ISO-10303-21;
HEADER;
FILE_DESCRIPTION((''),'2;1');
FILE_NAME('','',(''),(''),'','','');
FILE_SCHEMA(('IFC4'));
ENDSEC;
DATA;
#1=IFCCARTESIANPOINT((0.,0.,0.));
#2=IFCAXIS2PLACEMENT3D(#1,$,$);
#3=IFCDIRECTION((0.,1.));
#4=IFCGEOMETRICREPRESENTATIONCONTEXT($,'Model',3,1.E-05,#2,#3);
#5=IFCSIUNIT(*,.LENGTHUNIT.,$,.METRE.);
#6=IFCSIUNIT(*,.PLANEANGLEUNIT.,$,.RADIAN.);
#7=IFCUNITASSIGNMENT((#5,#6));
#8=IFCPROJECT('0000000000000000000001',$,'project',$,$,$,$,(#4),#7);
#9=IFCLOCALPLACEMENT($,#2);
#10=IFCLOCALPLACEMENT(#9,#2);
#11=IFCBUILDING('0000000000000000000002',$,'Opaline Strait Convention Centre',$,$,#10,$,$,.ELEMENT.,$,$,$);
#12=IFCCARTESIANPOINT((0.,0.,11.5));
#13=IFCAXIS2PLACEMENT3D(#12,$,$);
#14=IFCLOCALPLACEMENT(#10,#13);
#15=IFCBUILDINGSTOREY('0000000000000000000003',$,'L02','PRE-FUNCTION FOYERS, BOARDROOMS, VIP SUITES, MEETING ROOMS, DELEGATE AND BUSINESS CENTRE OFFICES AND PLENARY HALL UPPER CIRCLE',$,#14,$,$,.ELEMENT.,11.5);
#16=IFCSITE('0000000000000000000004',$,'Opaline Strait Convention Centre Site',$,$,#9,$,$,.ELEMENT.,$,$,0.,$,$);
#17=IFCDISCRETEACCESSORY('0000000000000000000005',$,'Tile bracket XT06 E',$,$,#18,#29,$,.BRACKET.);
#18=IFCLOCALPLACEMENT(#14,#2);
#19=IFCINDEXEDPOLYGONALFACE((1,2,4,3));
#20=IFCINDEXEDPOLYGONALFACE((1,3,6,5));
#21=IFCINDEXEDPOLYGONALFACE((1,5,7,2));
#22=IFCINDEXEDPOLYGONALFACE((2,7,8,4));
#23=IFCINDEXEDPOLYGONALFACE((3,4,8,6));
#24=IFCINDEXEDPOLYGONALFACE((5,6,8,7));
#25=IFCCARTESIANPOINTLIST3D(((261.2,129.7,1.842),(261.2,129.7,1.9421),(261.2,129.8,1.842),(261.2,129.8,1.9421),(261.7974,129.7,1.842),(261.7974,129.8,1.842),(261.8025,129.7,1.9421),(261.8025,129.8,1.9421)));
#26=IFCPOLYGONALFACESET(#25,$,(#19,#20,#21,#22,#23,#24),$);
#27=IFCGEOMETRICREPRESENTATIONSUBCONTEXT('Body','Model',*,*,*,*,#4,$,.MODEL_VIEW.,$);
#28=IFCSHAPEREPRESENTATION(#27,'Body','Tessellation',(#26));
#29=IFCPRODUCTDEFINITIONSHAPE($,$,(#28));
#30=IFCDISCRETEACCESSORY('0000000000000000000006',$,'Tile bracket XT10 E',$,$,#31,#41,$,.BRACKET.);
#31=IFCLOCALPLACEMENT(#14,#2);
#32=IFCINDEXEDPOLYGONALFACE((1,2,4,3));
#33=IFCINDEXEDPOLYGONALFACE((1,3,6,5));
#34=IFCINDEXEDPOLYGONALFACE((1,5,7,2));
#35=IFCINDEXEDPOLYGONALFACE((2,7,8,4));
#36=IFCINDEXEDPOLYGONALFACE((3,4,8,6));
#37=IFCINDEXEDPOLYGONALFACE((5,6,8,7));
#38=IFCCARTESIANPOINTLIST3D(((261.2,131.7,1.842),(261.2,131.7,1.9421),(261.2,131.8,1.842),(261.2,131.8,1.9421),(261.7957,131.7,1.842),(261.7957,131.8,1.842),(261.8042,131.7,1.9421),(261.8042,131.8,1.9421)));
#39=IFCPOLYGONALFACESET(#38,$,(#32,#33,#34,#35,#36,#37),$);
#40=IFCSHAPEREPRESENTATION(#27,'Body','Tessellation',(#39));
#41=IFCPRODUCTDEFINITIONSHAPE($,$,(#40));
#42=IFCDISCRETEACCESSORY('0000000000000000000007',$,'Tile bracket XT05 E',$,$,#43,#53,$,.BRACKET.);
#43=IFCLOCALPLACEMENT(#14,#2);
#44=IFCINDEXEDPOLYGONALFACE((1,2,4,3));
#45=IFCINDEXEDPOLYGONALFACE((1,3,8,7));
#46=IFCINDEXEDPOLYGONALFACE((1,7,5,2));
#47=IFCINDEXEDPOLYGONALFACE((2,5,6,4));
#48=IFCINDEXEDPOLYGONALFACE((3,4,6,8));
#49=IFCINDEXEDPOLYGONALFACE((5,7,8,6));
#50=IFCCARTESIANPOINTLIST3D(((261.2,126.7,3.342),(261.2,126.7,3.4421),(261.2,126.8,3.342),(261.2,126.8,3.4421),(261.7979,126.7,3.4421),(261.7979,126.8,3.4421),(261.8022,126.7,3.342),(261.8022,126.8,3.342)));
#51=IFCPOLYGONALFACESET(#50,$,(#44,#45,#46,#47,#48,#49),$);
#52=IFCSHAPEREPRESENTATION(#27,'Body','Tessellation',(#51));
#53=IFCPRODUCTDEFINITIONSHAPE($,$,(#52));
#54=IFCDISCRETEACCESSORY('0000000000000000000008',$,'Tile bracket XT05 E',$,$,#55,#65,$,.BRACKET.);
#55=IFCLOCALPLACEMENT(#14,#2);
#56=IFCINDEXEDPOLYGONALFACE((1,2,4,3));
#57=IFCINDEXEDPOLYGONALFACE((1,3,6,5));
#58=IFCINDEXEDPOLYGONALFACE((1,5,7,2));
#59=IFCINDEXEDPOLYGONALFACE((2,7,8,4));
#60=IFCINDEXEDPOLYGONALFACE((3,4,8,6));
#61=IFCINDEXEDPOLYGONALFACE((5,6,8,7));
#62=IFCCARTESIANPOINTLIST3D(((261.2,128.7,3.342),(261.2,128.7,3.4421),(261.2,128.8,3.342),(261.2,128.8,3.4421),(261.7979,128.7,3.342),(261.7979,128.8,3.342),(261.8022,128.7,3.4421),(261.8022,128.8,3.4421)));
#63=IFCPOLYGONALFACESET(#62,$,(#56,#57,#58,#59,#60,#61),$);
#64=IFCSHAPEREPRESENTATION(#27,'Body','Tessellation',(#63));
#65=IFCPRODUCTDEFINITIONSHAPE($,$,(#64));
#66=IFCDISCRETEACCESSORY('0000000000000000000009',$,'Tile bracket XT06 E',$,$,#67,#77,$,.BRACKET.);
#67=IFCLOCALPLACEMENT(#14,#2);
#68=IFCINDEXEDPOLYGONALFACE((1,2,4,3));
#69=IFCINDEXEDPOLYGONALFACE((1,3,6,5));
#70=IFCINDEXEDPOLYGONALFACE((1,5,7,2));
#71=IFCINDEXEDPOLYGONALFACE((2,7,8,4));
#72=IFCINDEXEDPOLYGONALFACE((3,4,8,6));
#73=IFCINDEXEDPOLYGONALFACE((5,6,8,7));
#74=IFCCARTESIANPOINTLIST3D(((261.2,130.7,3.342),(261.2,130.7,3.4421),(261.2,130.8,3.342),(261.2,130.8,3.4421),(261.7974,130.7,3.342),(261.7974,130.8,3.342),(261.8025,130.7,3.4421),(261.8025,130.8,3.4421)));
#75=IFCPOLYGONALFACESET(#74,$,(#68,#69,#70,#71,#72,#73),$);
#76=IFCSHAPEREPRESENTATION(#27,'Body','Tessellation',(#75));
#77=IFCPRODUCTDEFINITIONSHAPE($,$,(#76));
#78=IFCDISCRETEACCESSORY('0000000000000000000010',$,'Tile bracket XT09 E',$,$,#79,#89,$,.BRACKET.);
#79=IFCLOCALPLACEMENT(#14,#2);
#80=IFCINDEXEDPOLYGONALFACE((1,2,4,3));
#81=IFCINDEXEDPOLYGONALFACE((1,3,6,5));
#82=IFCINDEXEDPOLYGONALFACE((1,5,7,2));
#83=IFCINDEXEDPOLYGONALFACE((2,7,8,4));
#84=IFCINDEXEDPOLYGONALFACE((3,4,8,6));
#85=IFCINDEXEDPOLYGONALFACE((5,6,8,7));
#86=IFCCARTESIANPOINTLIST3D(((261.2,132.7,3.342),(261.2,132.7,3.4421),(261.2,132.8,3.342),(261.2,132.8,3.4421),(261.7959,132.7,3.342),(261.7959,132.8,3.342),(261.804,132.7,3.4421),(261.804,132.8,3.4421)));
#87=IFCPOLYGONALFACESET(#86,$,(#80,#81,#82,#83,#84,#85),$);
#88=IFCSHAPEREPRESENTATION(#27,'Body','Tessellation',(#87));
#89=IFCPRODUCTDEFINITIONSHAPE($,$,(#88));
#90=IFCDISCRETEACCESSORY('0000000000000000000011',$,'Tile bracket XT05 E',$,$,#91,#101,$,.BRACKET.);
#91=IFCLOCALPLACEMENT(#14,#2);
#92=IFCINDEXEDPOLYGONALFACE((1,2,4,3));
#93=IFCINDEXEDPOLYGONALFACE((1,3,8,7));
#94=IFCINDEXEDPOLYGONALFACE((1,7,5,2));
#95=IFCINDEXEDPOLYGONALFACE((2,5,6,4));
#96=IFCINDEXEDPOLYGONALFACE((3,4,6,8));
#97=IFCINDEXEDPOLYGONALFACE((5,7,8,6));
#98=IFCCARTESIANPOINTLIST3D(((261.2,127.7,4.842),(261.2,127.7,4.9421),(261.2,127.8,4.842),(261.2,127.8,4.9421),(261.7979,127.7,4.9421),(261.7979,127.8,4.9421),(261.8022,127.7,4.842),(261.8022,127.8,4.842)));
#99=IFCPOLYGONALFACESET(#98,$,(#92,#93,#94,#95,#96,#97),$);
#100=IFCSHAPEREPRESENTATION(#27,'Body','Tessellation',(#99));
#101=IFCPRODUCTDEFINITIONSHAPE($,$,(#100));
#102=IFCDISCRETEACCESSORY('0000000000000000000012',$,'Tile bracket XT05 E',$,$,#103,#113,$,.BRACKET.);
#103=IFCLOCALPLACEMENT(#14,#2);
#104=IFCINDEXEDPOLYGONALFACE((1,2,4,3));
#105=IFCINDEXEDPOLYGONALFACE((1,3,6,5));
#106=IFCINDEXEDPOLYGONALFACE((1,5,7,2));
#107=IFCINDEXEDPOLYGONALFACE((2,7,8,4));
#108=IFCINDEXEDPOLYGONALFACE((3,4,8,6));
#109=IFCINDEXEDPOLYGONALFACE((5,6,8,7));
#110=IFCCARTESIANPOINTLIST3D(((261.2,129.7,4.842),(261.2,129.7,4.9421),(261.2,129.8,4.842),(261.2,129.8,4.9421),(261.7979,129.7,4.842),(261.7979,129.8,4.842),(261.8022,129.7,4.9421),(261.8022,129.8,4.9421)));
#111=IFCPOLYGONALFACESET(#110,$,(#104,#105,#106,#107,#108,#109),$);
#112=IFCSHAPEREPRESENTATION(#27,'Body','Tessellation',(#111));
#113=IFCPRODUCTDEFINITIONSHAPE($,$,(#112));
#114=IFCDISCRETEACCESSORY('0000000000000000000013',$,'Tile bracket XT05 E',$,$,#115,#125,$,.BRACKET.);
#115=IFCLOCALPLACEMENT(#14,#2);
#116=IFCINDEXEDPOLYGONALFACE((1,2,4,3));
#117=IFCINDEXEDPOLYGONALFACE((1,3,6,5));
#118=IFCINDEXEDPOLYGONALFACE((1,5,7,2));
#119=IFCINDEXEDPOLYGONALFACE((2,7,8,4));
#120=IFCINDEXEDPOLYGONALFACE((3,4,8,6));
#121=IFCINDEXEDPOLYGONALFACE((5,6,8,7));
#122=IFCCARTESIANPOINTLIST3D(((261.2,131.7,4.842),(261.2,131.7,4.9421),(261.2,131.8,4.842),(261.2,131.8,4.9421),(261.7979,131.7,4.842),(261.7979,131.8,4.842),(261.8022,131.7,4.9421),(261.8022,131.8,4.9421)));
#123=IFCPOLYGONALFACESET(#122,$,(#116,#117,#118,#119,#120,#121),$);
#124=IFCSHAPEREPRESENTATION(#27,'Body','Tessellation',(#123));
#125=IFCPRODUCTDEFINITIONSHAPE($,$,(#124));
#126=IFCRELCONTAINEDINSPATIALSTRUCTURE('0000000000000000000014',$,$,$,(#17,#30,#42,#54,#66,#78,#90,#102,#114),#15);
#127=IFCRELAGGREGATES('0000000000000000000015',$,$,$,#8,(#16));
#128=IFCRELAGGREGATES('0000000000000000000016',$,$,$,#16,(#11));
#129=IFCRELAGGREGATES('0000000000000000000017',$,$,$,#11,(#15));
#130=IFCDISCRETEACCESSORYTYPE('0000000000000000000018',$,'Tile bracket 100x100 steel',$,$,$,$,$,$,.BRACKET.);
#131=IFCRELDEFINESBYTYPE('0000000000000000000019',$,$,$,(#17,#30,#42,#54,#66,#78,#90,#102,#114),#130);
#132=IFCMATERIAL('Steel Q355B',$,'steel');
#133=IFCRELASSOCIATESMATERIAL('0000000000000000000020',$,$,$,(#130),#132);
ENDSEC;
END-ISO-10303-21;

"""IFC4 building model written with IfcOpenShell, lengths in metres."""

from ifc_helpers import new_model, si_unit, direction, frame, origin, place, context, subcontext, project, spatial, polyline, outline, extrude, material, type_object, element, save


model = new_model("IFC4")

# Units and contexts
model_context = context("Model", 3, precision=1e-05, world=origin(), true_north=direction((0.0, 1.0)))
body_context = subcontext(model_context, "Body", "Model", "MODEL_VIEW")
ifc_project = project(units=[si_unit("LENGTHUNIT", "METRE"), si_unit("PLANEANGLEUNIT", "RADIAN")], contexts=[model_context])

# Site, building, storey
site_placement = place(None, origin())
site = spatial("IfcSite", under=ifc_project, at=site_placement, Name="Opaline Strait Convention Centre Site", CompositionType="ELEMENT", RefElevation=0.0)
building_placement = place(site_placement, origin())
building = spatial("IfcBuilding", under=site, at=building_placement, Name="Opaline Strait Convention Centre", CompositionType="ELEMENT")
storey_placement = place(building_placement, frame((0.0, 0.0, 11.5)))
storey = spatial("IfcBuildingStorey", under=building, at=storey_placement, Name="L02", Description="PRE-FUNCTION FOYERS, BOARDROOMS, VIP SUITES, MEETING ROOMS, DELEGATE AND BUSINESS CENTRE OFFICES AND PLENARY HALL UPPER CIRCLE", CompositionType="ELEMENT", Elevation=11.5)

# Discrete accessories
ifc_material_1 = material(Name="Steel Q355B", Category="steel")
discrete_accessory_type = type_object("IfcDiscreteAccessoryType", Name="Tile bracket 100x100 steel", PredefinedType="BRACKET", material=ifc_material_1)
discrete_accessory_1_placement = place(storey_placement, frame((261.2, 129.7, 1.8921), z_axis=(0.0, 1.0, 0.0), x_axis=(-1.0, 0.0, 0.0)))
element("IfcDiscreteAccessory", 1, at=discrete_accessory_1_placement, inside=storey, type_object=discrete_accessory_type, Name="Tile bracket XT06 E", PredefinedType="BRACKET", context=body_context, shape_type="SweptSolid", body=[
    extrude(outline(polyline([(0.0, -0.05), (0.0, 0.05), (-0.6025, 0.05), (-0.5974, -0.05), (0.0, -0.05)])), origin(), (0.0, 0.0, 1.0), 0.1001),
])
discrete_accessory_2_placement = place(storey_placement, frame((261.2, 131.7, 1.8921), z_axis=(0.0, 1.0, 0.0), x_axis=(-1.0, 0.0, 0.0)))
element("IfcDiscreteAccessory", 2, at=discrete_accessory_2_placement, inside=storey, type_object=discrete_accessory_type, Name="Tile bracket XT10 E", PredefinedType="BRACKET", context=body_context, shape_type="SweptSolid", body=[
    extrude(outline(polyline([(0.0, -0.05), (0.0, 0.05), (-0.6042, 0.05), (-0.5957, -0.05), (0.0, -0.05)])), origin(), (0.0, 0.0, 1.0), 0.1001),
])
discrete_accessory_3_placement = place(storey_placement, frame((261.2, 126.7, 3.3921), z_axis=(0.0, 1.0, 0.0), x_axis=(-1.0, 0.0, 0.0)))
element("IfcDiscreteAccessory", 3, at=discrete_accessory_3_placement, inside=storey, type_object=discrete_accessory_type, Name="Tile bracket XT05 E", PredefinedType="BRACKET", context=body_context, shape_type="SweptSolid", body=[
    extrude(outline(polyline([(0.0, -0.05), (0.0, 0.05), (-0.5979, 0.05), (-0.6023, -0.05), (0.0, -0.05)])), origin(), (0.0, 0.0, 1.0), 0.1001),
])
discrete_accessory_4_placement = place(storey_placement, frame((261.2, 128.7, 3.3921), z_axis=(0.0, 1.0, 0.0), x_axis=(-1.0, 0.0, 0.0)))
element("IfcDiscreteAccessory", 4, at=discrete_accessory_4_placement, inside=storey, type_object=discrete_accessory_type, Name="Tile bracket XT05 E", PredefinedType="BRACKET", context=body_context, shape_type="SweptSolid", body=[
    extrude(outline(polyline([(0.0, -0.05), (0.0, 0.05), (-0.6023, 0.05), (-0.5979, -0.05), (0.0, -0.05)])), origin(), (0.0, 0.0, 1.0), 0.1001),
])
discrete_accessory_5_placement = place(storey_placement, frame((261.2, 130.7, 3.3921), z_axis=(0.0, 1.0, 0.0), x_axis=(-1.0, 0.0, 0.0)))
element("IfcDiscreteAccessory", 5, at=discrete_accessory_5_placement, inside=storey, type_object=discrete_accessory_type, Name="Tile bracket XT06 E", PredefinedType="BRACKET", context=body_context, shape_type="SweptSolid", body=[
    extrude(outline(polyline([(0.0, -0.05), (0.0, 0.05), (-0.6025, 0.05), (-0.5974, -0.05), (0.0, -0.05)])), origin(), (0.0, 0.0, 1.0), 0.1001),
])
discrete_accessory_6_placement = place(storey_placement, frame((261.2, 132.7, 3.3921), z_axis=(0.0, 1.0, 0.0), x_axis=(-1.0, 0.0, 0.0)))
element("IfcDiscreteAccessory", 6, at=discrete_accessory_6_placement, inside=storey, type_object=discrete_accessory_type, Name="Tile bracket XT09 E", PredefinedType="BRACKET", context=body_context, shape_type="SweptSolid", body=[
    extrude(outline(polyline([(0.0, -0.05), (0.0, 0.05), (-0.604, 0.05), (-0.5959, -0.05), (0.0, -0.05)])), origin(), (0.0, 0.0, 1.0), 0.1001),
])
discrete_accessory_7_placement = place(storey_placement, frame((261.2, 127.7, 4.8921), z_axis=(0.0, 1.0, 0.0), x_axis=(-1.0, 0.0, 0.0)))
element("IfcDiscreteAccessory", 7, at=discrete_accessory_7_placement, inside=storey, type_object=discrete_accessory_type, Name="Tile bracket XT05 E", PredefinedType="BRACKET", context=body_context, shape_type="SweptSolid", body=[
    extrude(outline(polyline([(0.0, -0.05), (0.0, 0.05), (-0.5979, 0.05), (-0.6023, -0.05), (0.0, -0.05)])), origin(), (0.0, 0.0, 1.0), 0.1001),
])
for number, where, z_axis, x_axis, name in (
    (8, (261.2, 129.7, 4.8921), (0.0, 1.0, 0.0), (-1.0, 0.0, 0.0), "Tile bracket XT05 E"),
    (9, (261.2, 131.7, 4.8921), (0.0, 1.0, 0.0), (-1.0, 0.0, 0.0), "Tile bracket XT05 E"),
):
    element("IfcDiscreteAccessory", number, at=place(storey_placement, frame(where, z_axis=z_axis, x_axis=x_axis)), inside=storey, type_object=discrete_accessory_type, Name=name, PredefinedType="BRACKET", context=body_context, shape_type="SweptSolid", body=[
        extrude(outline(polyline([(0.0, -0.05), (0.0, 0.05), (-0.6023, 0.05), (-0.5979, -0.05), (0.0, -0.05)])), origin(), (0.0, 0.0, 1.0), 0.1001),
    ])

save(model, "model.ifc")
